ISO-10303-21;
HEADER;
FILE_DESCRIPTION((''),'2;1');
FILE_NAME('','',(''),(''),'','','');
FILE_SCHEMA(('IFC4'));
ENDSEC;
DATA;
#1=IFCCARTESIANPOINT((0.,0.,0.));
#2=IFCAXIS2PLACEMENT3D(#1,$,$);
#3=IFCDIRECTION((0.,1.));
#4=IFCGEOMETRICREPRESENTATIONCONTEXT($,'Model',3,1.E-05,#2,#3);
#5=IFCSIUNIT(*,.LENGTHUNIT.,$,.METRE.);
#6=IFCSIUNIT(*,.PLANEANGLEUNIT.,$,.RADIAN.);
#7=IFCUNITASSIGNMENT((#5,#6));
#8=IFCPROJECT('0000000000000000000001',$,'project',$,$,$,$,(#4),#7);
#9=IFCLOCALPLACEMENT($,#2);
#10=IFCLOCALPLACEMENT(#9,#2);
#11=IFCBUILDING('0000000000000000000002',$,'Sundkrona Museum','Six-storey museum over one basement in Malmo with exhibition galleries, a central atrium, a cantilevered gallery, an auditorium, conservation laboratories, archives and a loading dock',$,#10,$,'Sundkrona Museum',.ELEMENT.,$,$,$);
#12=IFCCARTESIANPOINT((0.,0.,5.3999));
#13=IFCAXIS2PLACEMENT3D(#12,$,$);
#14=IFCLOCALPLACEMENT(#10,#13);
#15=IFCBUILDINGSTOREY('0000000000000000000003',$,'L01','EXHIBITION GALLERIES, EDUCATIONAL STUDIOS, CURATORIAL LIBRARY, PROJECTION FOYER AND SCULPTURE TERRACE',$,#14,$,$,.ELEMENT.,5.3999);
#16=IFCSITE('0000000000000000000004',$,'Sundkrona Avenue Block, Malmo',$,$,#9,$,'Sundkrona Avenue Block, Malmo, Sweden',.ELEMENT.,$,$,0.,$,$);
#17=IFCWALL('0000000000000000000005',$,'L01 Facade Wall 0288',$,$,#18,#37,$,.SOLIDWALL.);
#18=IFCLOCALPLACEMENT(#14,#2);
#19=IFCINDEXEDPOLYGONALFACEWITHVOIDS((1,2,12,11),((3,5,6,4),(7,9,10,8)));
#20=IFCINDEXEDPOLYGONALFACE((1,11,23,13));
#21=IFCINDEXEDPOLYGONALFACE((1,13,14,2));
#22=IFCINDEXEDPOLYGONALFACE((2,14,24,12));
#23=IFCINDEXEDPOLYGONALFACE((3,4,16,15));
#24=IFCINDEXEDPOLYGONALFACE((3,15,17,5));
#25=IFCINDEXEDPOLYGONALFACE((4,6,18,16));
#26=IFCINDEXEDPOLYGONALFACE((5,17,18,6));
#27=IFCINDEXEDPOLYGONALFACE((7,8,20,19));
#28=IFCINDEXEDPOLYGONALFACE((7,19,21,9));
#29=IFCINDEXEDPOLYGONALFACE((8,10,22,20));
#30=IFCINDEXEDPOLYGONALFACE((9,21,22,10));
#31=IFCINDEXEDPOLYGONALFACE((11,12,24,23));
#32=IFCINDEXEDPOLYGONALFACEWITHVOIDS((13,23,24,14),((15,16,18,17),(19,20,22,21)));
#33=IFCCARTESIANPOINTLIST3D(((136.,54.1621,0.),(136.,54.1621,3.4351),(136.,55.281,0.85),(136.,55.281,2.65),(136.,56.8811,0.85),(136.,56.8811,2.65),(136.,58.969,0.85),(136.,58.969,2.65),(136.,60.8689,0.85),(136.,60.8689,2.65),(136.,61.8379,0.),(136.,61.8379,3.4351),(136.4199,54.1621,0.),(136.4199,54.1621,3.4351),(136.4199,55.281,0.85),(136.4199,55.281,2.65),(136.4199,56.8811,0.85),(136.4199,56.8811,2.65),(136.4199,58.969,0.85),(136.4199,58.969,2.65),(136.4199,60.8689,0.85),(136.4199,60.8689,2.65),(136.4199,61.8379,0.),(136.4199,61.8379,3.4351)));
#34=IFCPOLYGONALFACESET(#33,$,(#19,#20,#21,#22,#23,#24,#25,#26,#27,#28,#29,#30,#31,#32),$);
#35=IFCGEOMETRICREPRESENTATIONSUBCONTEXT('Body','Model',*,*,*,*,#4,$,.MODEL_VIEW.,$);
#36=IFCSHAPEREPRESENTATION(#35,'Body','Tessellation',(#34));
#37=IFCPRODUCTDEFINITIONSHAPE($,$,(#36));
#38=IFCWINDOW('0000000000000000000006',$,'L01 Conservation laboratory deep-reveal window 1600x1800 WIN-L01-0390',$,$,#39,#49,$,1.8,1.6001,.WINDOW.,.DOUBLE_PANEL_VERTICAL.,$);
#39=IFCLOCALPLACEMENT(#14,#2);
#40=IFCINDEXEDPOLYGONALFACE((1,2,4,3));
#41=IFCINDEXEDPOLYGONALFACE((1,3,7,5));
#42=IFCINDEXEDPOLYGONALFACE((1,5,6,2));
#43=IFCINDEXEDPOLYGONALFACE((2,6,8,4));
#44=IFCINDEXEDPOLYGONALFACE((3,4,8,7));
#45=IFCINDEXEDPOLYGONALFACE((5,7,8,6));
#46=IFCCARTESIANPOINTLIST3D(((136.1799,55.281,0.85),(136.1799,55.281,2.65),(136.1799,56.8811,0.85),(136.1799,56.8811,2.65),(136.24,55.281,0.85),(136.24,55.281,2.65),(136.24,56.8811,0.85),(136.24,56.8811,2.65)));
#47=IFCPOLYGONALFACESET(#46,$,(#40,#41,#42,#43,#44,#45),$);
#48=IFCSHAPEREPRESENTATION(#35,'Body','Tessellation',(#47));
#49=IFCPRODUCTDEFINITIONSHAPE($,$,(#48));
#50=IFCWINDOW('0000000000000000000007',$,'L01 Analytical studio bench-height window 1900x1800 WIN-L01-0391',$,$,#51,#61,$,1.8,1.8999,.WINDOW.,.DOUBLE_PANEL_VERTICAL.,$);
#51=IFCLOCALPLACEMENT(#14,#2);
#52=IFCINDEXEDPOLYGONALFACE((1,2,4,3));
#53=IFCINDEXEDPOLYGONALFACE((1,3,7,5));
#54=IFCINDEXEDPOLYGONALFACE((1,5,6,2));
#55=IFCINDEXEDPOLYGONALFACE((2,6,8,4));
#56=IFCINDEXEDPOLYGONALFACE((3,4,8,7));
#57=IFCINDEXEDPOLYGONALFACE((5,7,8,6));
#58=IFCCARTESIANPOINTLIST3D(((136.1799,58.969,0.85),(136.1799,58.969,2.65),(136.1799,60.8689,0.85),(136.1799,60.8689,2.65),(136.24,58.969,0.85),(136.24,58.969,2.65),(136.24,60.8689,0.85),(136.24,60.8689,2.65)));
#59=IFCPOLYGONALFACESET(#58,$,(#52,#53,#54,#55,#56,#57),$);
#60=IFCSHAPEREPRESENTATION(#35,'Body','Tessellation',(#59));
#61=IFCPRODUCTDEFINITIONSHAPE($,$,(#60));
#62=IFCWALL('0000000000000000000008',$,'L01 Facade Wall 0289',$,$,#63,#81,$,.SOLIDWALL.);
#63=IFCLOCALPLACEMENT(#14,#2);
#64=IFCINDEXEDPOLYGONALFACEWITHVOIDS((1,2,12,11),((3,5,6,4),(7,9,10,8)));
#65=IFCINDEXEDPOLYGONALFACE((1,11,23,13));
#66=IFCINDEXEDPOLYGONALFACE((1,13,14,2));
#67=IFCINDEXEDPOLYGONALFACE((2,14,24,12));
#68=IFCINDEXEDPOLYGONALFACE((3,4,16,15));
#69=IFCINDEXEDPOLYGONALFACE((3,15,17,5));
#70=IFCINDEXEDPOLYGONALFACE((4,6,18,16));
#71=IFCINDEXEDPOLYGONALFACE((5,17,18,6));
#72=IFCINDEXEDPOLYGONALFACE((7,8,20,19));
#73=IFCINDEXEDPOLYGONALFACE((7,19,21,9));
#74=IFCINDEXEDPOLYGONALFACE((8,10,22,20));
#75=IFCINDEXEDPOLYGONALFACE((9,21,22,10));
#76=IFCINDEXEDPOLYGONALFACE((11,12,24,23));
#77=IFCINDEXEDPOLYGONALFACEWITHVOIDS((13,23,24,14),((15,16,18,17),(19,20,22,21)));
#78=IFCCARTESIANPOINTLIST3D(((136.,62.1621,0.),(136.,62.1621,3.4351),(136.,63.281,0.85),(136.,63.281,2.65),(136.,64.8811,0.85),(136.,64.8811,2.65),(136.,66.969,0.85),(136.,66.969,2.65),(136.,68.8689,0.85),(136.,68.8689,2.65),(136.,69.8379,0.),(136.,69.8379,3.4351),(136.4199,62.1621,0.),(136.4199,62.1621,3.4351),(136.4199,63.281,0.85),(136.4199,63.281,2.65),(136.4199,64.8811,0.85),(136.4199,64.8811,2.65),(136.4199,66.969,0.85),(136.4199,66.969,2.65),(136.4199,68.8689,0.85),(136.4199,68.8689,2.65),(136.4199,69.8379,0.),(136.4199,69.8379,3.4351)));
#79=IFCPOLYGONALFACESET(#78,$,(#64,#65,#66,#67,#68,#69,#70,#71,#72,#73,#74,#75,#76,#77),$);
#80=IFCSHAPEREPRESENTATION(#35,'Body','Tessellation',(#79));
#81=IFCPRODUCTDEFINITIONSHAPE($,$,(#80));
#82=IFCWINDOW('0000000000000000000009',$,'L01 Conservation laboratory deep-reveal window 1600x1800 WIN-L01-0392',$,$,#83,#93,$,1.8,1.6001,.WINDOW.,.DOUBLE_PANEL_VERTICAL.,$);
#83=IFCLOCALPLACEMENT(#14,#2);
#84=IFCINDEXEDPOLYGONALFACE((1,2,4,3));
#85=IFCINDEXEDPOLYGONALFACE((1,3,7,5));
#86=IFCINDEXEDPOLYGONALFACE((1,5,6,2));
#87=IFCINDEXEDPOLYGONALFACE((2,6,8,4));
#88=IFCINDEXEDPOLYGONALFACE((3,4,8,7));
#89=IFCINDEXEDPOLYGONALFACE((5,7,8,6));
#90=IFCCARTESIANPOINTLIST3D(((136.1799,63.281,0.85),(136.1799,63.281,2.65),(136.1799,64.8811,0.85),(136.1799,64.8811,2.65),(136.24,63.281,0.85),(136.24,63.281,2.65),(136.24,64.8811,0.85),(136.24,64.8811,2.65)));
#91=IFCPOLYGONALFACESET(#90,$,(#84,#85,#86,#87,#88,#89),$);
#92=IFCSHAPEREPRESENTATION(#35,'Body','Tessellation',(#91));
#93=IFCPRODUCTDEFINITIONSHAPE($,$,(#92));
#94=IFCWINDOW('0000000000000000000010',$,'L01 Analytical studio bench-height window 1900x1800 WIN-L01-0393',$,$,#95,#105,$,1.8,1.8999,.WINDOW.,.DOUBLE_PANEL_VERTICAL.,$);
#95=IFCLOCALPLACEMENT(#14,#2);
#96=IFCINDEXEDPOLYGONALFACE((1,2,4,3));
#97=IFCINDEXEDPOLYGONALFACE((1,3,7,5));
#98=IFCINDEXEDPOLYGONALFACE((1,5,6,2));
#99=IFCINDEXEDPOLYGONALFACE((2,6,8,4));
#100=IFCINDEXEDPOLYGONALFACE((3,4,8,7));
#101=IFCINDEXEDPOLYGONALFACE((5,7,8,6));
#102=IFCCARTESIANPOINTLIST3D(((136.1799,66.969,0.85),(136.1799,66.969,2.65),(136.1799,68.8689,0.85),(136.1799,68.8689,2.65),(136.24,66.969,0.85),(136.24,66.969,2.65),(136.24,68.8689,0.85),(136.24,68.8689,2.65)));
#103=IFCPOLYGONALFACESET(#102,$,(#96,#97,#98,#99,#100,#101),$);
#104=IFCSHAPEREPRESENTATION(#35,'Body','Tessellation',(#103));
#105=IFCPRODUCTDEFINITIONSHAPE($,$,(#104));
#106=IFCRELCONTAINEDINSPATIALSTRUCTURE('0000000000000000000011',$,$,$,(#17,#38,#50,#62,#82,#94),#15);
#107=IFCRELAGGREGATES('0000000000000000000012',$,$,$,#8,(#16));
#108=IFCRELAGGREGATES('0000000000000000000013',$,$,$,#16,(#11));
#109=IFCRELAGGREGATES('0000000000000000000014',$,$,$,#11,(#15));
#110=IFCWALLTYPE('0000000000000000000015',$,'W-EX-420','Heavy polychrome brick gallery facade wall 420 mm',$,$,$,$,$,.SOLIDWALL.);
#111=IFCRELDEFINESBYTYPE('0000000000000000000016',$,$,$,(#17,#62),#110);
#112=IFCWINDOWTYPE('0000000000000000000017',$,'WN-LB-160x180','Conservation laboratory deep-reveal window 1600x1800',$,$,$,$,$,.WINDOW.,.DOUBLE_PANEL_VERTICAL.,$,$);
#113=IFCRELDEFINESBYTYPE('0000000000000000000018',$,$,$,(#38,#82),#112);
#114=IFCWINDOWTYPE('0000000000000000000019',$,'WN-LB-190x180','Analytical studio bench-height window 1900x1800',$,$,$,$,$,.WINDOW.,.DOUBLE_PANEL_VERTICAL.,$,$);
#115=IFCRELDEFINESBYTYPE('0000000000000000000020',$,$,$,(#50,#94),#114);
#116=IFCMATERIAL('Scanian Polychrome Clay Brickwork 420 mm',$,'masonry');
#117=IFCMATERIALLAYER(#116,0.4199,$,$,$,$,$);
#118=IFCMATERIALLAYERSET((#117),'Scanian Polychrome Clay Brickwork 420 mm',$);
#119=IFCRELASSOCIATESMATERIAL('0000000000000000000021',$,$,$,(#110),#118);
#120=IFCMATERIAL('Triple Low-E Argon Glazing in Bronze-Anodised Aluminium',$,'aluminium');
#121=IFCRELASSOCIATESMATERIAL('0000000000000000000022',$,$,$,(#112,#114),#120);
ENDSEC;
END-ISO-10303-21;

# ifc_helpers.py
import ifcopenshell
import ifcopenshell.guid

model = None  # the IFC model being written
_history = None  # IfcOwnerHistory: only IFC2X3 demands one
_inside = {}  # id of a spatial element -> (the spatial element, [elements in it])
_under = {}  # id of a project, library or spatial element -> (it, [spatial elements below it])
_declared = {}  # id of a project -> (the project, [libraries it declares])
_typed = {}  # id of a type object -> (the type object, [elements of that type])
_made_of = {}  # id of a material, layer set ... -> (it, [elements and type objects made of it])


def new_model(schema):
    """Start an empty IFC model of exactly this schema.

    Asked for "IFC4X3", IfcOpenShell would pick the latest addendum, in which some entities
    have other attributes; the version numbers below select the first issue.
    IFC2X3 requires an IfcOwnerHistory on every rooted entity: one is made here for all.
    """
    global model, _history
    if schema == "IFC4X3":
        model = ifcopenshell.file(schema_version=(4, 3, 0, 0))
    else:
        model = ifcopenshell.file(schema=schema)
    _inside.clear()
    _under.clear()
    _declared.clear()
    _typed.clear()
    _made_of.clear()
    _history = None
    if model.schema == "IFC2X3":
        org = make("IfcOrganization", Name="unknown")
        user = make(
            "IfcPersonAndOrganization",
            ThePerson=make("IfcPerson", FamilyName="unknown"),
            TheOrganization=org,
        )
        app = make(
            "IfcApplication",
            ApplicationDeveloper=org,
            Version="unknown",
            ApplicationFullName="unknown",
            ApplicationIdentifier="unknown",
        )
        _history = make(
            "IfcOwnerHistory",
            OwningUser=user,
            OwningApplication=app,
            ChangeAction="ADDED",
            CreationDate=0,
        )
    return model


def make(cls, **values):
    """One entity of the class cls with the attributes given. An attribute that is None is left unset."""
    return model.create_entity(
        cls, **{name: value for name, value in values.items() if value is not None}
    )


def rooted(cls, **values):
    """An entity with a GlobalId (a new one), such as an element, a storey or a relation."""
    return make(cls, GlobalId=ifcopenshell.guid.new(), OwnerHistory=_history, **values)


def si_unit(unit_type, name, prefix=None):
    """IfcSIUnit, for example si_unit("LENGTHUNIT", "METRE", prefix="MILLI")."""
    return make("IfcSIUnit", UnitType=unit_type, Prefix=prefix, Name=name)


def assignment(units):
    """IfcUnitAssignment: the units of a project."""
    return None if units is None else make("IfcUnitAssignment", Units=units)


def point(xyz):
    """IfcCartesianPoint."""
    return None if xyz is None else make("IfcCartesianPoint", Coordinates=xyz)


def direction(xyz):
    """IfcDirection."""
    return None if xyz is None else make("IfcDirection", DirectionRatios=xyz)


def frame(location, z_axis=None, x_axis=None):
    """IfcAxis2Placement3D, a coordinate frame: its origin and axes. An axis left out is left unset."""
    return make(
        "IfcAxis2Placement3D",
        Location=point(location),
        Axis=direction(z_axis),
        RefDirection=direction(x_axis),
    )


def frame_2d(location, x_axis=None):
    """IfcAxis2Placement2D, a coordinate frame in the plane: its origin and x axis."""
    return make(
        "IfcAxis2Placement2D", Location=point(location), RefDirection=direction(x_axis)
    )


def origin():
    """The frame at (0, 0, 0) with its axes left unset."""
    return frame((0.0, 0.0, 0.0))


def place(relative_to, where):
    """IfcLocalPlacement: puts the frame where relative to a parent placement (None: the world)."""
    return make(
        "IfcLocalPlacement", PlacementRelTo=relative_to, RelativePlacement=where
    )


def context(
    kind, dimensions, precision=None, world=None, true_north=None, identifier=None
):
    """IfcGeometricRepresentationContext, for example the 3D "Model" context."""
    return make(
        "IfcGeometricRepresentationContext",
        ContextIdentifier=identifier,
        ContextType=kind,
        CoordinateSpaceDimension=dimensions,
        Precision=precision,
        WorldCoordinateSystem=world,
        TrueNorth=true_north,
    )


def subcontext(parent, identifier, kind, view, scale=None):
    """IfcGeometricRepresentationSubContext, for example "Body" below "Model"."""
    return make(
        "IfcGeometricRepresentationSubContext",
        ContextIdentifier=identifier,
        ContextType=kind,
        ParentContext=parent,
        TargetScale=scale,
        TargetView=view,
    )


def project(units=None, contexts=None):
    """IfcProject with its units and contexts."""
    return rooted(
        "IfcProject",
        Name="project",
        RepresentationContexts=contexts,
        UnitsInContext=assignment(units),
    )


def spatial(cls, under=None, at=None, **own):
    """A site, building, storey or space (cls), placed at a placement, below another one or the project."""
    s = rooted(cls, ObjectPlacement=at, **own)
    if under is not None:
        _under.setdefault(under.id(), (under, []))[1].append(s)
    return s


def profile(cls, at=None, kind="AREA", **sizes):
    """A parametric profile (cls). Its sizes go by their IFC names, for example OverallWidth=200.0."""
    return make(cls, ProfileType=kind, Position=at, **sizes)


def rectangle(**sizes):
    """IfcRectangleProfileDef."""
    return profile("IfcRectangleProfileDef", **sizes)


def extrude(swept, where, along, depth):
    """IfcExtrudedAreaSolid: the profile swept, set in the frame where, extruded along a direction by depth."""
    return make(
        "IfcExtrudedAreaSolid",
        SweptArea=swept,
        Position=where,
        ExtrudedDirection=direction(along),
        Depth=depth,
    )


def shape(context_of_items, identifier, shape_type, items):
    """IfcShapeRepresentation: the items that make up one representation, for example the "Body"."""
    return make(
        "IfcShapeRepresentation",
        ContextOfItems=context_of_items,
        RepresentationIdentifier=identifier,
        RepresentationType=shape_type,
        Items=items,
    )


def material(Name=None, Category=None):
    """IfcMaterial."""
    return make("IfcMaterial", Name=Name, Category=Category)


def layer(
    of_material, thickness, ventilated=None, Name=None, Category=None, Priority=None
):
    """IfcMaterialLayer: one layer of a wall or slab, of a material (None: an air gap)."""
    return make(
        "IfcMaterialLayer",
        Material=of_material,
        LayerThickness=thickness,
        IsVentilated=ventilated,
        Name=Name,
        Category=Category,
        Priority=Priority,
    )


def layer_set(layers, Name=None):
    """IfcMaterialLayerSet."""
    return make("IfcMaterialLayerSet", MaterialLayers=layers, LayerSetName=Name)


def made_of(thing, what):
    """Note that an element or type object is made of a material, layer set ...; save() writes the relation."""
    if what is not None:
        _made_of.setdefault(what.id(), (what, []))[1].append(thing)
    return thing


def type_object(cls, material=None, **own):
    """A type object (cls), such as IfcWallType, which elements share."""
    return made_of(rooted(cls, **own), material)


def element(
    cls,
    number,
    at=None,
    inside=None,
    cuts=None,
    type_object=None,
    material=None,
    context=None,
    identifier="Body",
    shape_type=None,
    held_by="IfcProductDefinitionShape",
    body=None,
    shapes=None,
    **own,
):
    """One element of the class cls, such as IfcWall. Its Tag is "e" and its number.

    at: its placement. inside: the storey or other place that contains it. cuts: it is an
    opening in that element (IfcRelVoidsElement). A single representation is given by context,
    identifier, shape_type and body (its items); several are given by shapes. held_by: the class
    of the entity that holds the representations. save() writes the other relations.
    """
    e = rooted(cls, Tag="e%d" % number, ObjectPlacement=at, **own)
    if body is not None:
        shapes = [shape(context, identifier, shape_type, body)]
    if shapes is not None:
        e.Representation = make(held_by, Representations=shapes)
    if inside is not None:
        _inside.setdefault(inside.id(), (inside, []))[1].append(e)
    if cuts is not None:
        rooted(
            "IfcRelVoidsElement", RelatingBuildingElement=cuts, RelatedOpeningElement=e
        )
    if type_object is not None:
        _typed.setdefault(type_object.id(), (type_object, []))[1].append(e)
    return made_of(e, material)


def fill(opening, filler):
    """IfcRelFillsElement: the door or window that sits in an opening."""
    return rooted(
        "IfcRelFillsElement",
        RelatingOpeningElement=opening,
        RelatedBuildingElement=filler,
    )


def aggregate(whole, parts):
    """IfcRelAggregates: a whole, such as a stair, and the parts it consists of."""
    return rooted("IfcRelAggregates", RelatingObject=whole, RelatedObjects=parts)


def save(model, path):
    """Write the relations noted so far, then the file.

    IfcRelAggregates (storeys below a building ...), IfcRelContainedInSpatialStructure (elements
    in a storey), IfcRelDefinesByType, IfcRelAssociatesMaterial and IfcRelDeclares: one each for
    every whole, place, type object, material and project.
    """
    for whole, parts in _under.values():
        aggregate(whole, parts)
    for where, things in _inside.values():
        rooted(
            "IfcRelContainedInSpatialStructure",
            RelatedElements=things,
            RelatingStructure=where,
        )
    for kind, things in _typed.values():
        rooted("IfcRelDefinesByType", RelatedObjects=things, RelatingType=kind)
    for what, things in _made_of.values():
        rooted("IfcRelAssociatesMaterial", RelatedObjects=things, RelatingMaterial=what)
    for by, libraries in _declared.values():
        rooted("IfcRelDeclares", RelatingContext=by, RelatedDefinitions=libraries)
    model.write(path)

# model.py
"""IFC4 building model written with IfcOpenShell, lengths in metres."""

from ifc_helpers import new_model, si_unit, direction, frame, frame_2d, origin, place, context, subcontext, project, spatial, rectangle, extrude, material, layer, layer_set, type_object, element, fill, save


model = new_model("IFC4")

# Units and contexts
model_context = context("Model", 3, precision=1e-05, world=origin(), true_north=direction((0.0, 1.0)))
body_context = subcontext(model_context, "Body", "Model", "MODEL_VIEW")
ifc_project = project(units=[si_unit("LENGTHUNIT", "METRE"), si_unit("PLANEANGLEUNIT", "RADIAN")], contexts=[model_context])

# Site, building, storey
site_placement = place(None, origin())
site = spatial("IfcSite", under=ifc_project, at=site_placement, Name="Sundkrona Avenue Block, Malmo", LongName="Sundkrona Avenue Block, Malmo, Sweden", CompositionType="ELEMENT", RefElevation=0.0)
building_placement = place(site_placement, origin())
building = spatial("IfcBuilding", under=site, at=building_placement, Name="Sundkrona Museum", Description="Six-storey museum over one basement in Malmo with exhibition galleries, a central atrium, a cantilevered gallery, an auditorium, conservation laboratories, archives and a loading dock", LongName="Sundkrona Museum", CompositionType="ELEMENT")
storey_placement = place(building_placement, frame((0.0, 0.0, 5.3999)))
storey = spatial("IfcBuildingStorey", under=building, at=storey_placement, Name="L01", Description="EXHIBITION GALLERIES, EDUCATIONAL STUDIOS, CURATORIAL LIBRARY, PROJECTION FOYER AND SCULPTURE TERRACE", CompositionType="ELEMENT", Elevation=5.3999)

# Walls, openings, windows
ifc_material_1 = material(Name="Scanian Polychrome Clay Brickwork 420 mm", Category="masonry")
ifc_layer = layer(ifc_material_1, 0.4199)
ifc_layer_set = layer_set([ifc_layer], Name="Scanian Polychrome Clay Brickwork 420 mm")
wall_type = type_object("IfcWallType", Name="W-EX-420", Description="Heavy polychrome brick gallery facade wall 420 mm", PredefinedType="SOLIDWALL", material=ifc_layer_set)
wall_1_placement = place(storey_placement, frame((136.21, 54.1621, 0.0), z_axis=(0.0, 0.0, 1.0), x_axis=(0.0, 1.0, 0.0)))
wall_1 = element("IfcWall", 1, at=wall_1_placement, inside=storey, type_object=wall_type, Name="L01 Facade Wall 0288", PredefinedType="SOLIDWALL", context=body_context, shape_type="SweptSolid", body=[
    extrude(rectangle(XDim=7.6758, YDim=0.4199, at=frame_2d((3.8379, 0.0))), origin(), (0.0, 0.0, 1.0), 3.4351),
])
opening_1_placement = place(wall_1_placement, frame((1.1189, 0.0, 0.8501)))
opening_1 = element("IfcOpeningElement", 2, at=opening_1_placement, cuts=wall_1, PredefinedType="OPENING", context=body_context, shape_type="SweptSolid", body=[
    extrude(rectangle(XDim=1.6001, YDim=1.8, at=frame_2d((0.8, 0.8999))), frame((0.0, 0.22, 0.0), z_axis=(0.0, -1.0, 0.0), x_axis=(1.0, 0.0, 0.0)), (0.0, 0.0, 1.0), 0.4399),
])
opening_2_placement = place(wall_1_placement, frame((4.8069, 0.0, 0.8501)))
opening_2 = element("IfcOpeningElement", 3, at=opening_2_placement, cuts=wall_1, PredefinedType="OPENING", context=body_context, shape_type="SweptSolid", body=[
    extrude(rectangle(XDim=1.8999, YDim=1.8, at=frame_2d((0.95, 0.8999))), frame((0.0, 0.22, 0.0), z_axis=(0.0, -1.0, 0.0), x_axis=(1.0, 0.0, 0.0)), (0.0, 0.0, 1.0), 0.4399),
])
ifc_material_2 = material(Name="Triple Low-E Argon Glazing in Bronze-Anodised Aluminium", Category="aluminium")
window_type_1 = type_object("IfcWindowType", Name="WN-LB-160x180", Description="Conservation laboratory deep-reveal window 1600x1800", PartitioningType="DOUBLE_PANEL_VERTICAL", PredefinedType="WINDOW", material=ifc_material_2)
window_1_placement = place(opening_1_placement, origin())
window_1 = element("IfcWindow", 4, at=window_1_placement, inside=storey, type_object=window_type_1, Name="L01 Conservation laboratory deep-reveal window 1600x1800 WIN-L01-0390", OverallHeight=1.8, OverallWidth=1.6001, PartitioningType="DOUBLE_PANEL_VERTICAL", PredefinedType="WINDOW", context=body_context, shape_type="SweptSolid", body=[
    extrude(rectangle(XDim=1.6001, YDim=1.8, at=frame_2d((0.8, 0.8999))), frame((0.0, 0.03, 0.0), z_axis=(0.0, -1.0, 0.0), x_axis=(1.0, 0.0, 0.0)), (0.0, 0.0, 1.0), 0.0601),
])
fill(opening_1, window_1)
window_type_2 = type_object("IfcWindowType", Name="WN-LB-190x180", Description="Analytical studio bench-height window 1900x1800", PartitioningType="DOUBLE_PANEL_VERTICAL", PredefinedType="WINDOW", material=ifc_material_2)
window_2_placement = place(opening_2_placement, origin())
window_2 = element("IfcWindow", 5, at=window_2_placement, inside=storey, type_object=window_type_2, Name="L01 Analytical studio bench-height window 1900x1800 WIN-L01-0391", OverallHeight=1.8, OverallWidth=1.8999, PartitioningType="DOUBLE_PANEL_VERTICAL", PredefinedType="WINDOW", context=body_context, shape_type="SweptSolid", body=[
    extrude(rectangle(XDim=1.8999, YDim=1.8, at=frame_2d((0.95, 0.8999))), frame((0.0, 0.03, 0.0), z_axis=(0.0, -1.0, 0.0), x_axis=(1.0, 0.0, 0.0)), (0.0, 0.0, 1.0), 0.0601),
])
fill(opening_2, window_2)
wall_2_placement = place(storey_placement, frame((136.21, 62.1621, 0.0), z_axis=(0.0, 0.0, 1.0), x_axis=(0.0, 1.0, 0.0)))
wall_2 = element("IfcWall", 6, at=wall_2_placement, inside=storey, type_object=wall_type, Name="L01 Facade Wall 0289", PredefinedType="SOLIDWALL", context=body_context, shape_type="SweptSolid", body=[
    extrude(rectangle(XDim=7.6758, YDim=0.4199, at=frame_2d((3.8379, 0.0))), origin(), (0.0, 0.0, 1.0), 3.4351),
])
opening_3_placement = place(wall_2_placement, frame((1.1189, 0.0, 0.8501)))
opening_3 = element("IfcOpeningElement", 7, at=opening_3_placement, cuts=wall_2, PredefinedType="OPENING", context=body_context, shape_type="SweptSolid", body=[
    extrude(rectangle(XDim=1.6001, YDim=1.8, at=frame_2d((0.8, 0.8999))), frame((0.0, 0.22, 0.0), z_axis=(0.0, -1.0, 0.0), x_axis=(1.0, 0.0, 0.0)), (0.0, 0.0, 1.0), 0.4399),
])
opening_4_placement = place(wall_2_placement, frame((4.8069, 0.0, 0.8501)))
opening_4 = element("IfcOpeningElement", 8, at=opening_4_placement, cuts=wall_2, PredefinedType="OPENING", context=body_context, shape_type="SweptSolid", body=[
    extrude(rectangle(XDim=1.8999, YDim=1.8, at=frame_2d((0.95, 0.8999))), frame((0.0, 0.22, 0.0), z_axis=(0.0, -1.0, 0.0), x_axis=(1.0, 0.0, 0.0)), (0.0, 0.0, 1.0), 0.4399),
])
window_3_placement = place(opening_3_placement, origin())
window_3 = element("IfcWindow", 9, at=window_3_placement, inside=storey, type_object=window_type_1, Name="L01 Conservation laboratory deep-reveal window 1600x1800 WIN-L01-0392", OverallHeight=1.8, OverallWidth=1.6001, PartitioningType="DOUBLE_PANEL_VERTICAL", PredefinedType="WINDOW", context=body_context, shape_type="SweptSolid", body=[
    extrude(rectangle(XDim=1.6001, YDim=1.8, at=frame_2d((0.8, 0.8999))), frame((0.0, 0.03, 0.0), z_axis=(0.0, -1.0, 0.0), x_axis=(1.0, 0.0, 0.0)), (0.0, 0.0, 1.0), 0.0601),
])
fill(opening_3, window_3)
window_4_placement = place(opening_4_placement, origin())
window_4 = element("IfcWindow", 10, at=window_4_placement, inside=storey, type_object=window_type_2, Name="L01 Analytical studio bench-height window 1900x1800 WIN-L01-0393", OverallHeight=1.8, OverallWidth=1.8999, PartitioningType="DOUBLE_PANEL_VERTICAL", PredefinedType="WINDOW", context=body_context, shape_type="SweptSolid", body=[
    extrude(rectangle(XDim=1.8999, YDim=1.8, at=frame_2d((0.95, 0.8999))), frame((0.0, 0.03, 0.0), z_axis=(0.0, -1.0, 0.0), x_axis=(1.0, 0.0, 0.0)), (0.0, 0.0, 1.0), 0.0601),
])
fill(opening_4, window_4)

save(model, "model.ifc")
